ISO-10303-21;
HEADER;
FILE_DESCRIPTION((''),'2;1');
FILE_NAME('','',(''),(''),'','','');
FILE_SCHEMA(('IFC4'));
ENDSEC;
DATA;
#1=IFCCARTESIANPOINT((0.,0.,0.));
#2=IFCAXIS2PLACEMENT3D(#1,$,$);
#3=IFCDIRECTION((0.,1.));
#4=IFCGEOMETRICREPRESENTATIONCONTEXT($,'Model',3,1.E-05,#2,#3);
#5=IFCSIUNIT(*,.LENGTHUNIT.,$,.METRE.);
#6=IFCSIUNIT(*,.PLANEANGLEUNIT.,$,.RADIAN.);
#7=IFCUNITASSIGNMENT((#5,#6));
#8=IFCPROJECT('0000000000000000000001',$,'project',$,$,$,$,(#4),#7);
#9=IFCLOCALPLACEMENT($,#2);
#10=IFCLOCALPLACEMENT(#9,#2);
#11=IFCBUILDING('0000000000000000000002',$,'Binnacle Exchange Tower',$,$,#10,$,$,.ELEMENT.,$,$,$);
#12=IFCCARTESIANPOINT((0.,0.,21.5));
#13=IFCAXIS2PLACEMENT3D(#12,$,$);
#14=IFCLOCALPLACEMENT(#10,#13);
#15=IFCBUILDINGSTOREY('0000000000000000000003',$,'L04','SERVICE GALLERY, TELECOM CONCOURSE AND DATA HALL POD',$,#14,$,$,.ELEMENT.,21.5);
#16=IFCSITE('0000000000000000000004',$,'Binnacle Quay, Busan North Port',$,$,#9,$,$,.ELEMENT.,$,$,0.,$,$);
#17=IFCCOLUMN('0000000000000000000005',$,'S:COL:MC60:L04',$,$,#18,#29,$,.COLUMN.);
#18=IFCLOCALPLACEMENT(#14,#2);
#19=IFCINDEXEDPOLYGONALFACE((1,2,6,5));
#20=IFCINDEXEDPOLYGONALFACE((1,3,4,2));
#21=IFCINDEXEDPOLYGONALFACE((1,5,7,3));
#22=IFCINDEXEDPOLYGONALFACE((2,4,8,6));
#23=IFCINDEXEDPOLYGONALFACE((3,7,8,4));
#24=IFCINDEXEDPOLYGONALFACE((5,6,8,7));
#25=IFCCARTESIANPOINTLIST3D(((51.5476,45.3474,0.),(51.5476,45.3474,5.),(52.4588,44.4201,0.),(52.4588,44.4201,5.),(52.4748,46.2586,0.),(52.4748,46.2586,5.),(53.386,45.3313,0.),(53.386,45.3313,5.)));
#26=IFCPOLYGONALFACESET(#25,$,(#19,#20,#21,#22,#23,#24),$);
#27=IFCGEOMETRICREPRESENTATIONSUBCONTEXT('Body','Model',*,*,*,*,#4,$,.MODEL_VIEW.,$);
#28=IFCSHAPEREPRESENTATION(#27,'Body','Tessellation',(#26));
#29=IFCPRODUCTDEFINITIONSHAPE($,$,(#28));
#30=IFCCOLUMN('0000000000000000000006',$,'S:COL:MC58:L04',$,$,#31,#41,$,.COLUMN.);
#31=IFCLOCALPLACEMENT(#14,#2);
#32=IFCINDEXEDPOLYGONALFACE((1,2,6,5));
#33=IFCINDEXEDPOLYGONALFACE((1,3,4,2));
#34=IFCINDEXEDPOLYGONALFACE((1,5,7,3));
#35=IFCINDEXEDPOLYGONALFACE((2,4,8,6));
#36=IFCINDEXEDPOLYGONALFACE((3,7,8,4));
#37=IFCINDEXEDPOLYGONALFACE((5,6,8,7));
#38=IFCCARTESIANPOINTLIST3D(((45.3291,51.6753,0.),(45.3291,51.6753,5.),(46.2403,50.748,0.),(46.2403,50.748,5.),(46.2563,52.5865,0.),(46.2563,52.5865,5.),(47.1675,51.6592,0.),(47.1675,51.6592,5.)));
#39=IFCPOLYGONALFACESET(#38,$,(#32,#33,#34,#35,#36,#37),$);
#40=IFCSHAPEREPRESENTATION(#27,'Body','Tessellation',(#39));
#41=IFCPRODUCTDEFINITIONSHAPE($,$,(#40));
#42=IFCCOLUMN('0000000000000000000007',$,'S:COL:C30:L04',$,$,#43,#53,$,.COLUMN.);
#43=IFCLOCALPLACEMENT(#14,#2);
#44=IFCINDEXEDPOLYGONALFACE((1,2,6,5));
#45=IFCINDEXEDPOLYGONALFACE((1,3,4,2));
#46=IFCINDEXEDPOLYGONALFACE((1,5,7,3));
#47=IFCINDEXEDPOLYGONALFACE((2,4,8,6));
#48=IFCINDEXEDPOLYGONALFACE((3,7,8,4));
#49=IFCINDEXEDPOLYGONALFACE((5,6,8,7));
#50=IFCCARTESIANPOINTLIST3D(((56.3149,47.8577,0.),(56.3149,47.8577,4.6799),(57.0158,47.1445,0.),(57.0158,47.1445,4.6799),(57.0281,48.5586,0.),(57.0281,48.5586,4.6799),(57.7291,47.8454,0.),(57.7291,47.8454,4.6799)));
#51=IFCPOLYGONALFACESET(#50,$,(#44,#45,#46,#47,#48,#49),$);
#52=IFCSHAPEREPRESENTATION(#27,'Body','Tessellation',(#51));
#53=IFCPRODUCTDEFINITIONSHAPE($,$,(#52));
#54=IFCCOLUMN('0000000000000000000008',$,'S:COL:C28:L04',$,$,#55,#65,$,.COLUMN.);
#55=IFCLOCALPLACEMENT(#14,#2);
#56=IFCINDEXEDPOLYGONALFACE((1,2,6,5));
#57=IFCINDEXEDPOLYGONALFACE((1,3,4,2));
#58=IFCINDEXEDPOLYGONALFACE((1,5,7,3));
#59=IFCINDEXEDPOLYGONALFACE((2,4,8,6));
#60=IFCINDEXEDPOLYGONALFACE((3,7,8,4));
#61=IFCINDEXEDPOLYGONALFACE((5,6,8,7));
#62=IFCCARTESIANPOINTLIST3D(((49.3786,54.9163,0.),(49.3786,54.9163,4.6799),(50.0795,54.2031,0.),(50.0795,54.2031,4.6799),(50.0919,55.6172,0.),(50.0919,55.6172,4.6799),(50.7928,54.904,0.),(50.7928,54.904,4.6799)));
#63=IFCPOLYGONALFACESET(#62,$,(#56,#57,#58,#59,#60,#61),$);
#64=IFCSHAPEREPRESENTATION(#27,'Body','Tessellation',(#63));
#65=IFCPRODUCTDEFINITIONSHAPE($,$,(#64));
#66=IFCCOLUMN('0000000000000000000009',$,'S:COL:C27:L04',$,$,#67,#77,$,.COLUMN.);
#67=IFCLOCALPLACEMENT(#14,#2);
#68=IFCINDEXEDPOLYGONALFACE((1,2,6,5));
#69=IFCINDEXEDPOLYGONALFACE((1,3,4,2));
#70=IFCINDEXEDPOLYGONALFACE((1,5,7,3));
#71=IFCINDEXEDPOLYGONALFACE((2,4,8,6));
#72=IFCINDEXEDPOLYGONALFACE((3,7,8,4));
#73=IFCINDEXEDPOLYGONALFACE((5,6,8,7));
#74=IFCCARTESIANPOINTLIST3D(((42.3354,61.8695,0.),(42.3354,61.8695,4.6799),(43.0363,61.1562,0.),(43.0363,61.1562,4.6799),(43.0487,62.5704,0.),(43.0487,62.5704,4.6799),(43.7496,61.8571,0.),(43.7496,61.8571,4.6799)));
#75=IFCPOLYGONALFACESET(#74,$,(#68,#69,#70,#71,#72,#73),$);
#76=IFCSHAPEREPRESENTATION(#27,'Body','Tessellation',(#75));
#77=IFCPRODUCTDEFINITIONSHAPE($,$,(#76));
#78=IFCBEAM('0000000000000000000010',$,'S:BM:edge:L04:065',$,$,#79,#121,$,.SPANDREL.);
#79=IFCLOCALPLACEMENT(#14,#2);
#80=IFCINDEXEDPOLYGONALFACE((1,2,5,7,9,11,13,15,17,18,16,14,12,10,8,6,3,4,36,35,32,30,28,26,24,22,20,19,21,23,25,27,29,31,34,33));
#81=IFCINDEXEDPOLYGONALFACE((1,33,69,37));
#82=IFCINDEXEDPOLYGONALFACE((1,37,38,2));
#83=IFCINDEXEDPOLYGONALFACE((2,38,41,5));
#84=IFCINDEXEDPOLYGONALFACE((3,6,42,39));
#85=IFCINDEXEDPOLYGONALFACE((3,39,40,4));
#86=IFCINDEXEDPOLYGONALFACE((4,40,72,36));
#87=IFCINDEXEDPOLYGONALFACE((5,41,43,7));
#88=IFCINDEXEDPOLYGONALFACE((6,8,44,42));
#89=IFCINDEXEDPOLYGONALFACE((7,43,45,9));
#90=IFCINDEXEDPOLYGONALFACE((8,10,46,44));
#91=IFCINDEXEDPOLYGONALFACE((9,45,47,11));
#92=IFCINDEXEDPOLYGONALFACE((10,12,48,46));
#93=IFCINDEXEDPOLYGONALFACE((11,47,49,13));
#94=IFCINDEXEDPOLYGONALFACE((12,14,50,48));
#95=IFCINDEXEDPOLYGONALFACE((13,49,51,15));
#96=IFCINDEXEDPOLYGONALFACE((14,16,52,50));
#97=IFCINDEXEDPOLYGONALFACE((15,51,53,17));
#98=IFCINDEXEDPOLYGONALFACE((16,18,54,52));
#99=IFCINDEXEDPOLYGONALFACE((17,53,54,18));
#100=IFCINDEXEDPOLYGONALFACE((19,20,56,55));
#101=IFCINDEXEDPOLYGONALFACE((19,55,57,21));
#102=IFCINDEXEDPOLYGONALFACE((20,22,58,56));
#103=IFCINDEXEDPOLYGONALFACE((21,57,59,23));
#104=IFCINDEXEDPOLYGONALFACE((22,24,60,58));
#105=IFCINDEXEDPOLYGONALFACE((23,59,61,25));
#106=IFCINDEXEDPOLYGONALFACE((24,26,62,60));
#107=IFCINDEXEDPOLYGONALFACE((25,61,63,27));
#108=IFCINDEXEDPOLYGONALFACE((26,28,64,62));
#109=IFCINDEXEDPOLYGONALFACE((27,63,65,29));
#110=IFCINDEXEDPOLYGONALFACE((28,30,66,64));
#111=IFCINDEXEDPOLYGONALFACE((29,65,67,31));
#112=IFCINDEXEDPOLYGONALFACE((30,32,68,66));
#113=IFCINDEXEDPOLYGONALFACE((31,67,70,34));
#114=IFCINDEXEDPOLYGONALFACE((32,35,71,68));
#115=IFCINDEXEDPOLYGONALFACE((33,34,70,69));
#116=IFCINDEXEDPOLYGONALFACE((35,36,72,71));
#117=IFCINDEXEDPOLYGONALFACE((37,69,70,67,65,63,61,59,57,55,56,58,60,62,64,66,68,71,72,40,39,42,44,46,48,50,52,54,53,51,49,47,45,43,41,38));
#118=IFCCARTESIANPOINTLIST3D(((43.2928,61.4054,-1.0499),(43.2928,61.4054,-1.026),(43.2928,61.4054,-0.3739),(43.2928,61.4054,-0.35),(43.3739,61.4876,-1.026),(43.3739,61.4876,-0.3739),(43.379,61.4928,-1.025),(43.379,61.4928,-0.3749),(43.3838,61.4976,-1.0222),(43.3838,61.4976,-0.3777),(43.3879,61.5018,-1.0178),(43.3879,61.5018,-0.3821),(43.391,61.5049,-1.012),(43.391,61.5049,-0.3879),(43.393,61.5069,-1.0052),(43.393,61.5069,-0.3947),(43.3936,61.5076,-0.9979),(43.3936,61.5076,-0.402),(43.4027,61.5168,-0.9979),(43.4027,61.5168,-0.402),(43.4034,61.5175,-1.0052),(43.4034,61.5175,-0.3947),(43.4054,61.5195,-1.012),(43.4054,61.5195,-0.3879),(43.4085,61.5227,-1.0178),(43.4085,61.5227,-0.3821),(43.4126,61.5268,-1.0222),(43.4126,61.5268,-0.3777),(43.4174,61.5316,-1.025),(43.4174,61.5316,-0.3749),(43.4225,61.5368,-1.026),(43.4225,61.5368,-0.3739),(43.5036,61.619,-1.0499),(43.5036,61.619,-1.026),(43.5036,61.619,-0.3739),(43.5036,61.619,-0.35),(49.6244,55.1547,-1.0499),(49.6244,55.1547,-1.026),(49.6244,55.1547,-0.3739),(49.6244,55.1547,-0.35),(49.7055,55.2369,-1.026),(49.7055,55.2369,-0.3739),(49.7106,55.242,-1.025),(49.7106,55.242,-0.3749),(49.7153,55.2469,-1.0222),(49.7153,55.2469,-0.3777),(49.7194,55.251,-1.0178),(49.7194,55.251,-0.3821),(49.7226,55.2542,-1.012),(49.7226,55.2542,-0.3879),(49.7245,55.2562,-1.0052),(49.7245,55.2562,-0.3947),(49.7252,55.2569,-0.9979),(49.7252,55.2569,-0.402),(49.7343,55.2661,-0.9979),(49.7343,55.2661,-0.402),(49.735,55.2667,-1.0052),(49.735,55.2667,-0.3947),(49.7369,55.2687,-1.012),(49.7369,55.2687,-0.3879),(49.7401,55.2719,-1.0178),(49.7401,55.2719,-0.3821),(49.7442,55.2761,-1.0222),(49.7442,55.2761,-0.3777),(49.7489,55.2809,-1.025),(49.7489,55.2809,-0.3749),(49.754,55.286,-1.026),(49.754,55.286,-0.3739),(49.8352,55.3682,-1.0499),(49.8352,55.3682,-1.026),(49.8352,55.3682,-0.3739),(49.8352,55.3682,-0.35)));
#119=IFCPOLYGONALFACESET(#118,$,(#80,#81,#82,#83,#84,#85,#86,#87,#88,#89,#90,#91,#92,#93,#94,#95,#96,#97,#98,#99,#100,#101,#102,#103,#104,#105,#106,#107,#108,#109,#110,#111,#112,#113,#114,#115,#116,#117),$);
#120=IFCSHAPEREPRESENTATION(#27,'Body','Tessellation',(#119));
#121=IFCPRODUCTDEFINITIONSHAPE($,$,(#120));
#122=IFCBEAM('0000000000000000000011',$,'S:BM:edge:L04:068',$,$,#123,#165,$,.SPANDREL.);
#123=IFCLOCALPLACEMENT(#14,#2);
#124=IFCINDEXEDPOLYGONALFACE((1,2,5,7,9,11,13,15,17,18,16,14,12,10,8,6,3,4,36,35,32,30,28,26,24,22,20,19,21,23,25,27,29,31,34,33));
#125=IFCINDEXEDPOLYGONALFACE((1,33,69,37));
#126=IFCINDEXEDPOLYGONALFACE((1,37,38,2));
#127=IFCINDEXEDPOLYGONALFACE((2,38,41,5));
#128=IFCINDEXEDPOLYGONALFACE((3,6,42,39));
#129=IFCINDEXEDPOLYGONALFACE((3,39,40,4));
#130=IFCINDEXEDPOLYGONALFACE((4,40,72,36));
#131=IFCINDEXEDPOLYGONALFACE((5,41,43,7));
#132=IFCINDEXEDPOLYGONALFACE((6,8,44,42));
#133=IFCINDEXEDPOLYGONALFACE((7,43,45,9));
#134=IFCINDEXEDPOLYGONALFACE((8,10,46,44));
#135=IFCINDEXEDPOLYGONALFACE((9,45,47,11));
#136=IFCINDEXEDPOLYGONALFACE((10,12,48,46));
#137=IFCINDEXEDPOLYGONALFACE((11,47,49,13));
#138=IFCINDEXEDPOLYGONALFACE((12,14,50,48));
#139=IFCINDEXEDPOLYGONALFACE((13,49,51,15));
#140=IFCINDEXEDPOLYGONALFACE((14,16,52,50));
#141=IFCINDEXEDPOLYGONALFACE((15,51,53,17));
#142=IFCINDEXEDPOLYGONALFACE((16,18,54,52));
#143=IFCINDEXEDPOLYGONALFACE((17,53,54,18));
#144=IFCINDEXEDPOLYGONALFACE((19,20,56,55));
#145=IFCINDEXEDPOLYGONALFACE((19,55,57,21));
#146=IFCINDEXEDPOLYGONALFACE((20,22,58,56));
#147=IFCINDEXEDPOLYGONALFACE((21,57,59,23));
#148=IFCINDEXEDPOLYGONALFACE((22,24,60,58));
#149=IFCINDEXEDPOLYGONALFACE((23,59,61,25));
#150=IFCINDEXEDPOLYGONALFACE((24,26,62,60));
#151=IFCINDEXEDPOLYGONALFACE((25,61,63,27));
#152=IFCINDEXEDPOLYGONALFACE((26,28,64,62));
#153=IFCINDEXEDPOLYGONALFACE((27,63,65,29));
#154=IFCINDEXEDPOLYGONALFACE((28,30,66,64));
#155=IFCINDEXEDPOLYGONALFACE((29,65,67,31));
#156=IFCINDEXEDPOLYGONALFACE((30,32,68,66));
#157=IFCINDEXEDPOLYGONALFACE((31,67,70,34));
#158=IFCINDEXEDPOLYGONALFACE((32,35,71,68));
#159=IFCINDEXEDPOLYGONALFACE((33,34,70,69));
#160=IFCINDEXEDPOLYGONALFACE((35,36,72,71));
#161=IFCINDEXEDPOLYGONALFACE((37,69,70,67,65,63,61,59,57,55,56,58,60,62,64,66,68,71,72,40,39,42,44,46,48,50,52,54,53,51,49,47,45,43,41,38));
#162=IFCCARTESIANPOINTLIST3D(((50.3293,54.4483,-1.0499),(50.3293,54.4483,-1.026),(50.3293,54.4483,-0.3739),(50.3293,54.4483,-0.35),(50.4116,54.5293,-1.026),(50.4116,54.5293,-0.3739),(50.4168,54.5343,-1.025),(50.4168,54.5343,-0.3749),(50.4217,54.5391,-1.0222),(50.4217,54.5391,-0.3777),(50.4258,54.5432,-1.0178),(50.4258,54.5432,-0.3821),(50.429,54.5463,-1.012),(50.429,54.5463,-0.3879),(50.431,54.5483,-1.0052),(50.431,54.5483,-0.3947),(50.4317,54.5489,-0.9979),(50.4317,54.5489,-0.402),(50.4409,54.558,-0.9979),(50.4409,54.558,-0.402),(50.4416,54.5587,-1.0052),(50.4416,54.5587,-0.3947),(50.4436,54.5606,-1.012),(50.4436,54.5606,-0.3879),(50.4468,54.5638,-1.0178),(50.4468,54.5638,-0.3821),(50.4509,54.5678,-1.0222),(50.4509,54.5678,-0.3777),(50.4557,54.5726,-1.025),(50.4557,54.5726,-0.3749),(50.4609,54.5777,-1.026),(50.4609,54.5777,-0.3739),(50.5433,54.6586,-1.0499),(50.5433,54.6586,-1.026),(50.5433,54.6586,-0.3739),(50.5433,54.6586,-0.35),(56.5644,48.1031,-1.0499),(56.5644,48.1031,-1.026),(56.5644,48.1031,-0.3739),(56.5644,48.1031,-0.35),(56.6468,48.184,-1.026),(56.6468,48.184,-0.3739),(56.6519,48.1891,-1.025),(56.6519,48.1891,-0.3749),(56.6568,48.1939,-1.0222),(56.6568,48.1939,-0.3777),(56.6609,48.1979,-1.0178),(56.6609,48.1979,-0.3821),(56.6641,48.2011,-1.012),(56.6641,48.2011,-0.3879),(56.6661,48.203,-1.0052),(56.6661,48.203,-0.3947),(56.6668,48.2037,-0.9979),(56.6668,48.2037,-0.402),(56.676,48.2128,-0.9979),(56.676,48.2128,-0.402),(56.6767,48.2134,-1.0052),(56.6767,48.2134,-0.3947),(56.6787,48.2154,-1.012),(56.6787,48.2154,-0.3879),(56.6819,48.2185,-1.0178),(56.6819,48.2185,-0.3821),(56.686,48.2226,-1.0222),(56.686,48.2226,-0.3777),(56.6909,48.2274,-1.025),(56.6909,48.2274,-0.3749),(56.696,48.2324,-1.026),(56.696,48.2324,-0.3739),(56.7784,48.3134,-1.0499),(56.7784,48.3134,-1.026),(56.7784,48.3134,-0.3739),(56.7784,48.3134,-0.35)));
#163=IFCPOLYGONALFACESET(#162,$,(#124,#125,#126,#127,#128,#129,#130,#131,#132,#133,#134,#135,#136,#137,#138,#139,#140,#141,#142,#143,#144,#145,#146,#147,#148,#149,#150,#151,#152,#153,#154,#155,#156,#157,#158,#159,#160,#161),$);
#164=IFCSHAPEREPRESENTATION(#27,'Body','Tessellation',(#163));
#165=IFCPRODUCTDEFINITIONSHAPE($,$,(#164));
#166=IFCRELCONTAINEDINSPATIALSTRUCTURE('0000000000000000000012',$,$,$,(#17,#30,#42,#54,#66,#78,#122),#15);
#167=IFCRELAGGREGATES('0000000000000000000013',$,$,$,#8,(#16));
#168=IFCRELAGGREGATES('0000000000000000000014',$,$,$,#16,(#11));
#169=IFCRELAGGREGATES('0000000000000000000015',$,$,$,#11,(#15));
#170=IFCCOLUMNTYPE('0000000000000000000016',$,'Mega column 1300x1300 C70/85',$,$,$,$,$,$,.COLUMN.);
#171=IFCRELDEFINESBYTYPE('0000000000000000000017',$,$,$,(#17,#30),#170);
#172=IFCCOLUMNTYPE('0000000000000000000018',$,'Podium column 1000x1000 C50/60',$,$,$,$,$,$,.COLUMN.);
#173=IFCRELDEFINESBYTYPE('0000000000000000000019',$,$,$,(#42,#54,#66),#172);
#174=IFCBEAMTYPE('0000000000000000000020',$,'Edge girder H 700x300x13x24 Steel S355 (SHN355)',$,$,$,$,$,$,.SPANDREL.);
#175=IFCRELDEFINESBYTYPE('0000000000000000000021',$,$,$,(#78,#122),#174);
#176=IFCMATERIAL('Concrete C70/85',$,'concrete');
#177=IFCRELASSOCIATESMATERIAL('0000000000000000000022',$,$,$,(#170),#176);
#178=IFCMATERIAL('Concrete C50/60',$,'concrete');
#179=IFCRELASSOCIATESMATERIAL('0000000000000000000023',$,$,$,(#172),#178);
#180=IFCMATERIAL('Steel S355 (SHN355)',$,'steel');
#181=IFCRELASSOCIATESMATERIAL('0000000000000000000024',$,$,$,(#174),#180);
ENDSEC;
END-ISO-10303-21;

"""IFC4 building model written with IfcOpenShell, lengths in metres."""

from ifc_helpers import new_model, si_unit, direction, frame, origin, origin_2d, place, context, subcontext, project, spatial, rectangle, i_section, extrude, material, material_profile, profile_set, type_object, element, save


model = new_model("IFC4")

# Units and contexts
model_context = context("Model", 3, precision=1e-05, world=origin(), true_north=direction((0.0, 1.0)))
body_context = subcontext(model_context, "Body", "Model", "MODEL_VIEW")
ifc_project = project(units=[si_unit("LENGTHUNIT", "METRE"), si_unit("PLANEANGLEUNIT", "RADIAN")], contexts=[model_context])

# Site, building, storey
site_placement = place(None, origin())
site = spatial("IfcSite", under=ifc_project, at=site_placement, Name="Binnacle Quay, Busan North Port", CompositionType="ELEMENT", RefElevation=0.0)
building_placement = place(site_placement, origin())
building = spatial("IfcBuilding", under=site, at=building_placement, Name="Binnacle Exchange Tower", CompositionType="ELEMENT")
storey_placement = place(building_placement, frame((0.0, 0.0, 21.5)))
storey = spatial("IfcBuildingStorey", under=building, at=storey_placement, Name="L04", Description="SERVICE GALLERY, TELECOM CONCOURSE AND DATA HALL POD", CompositionType="ELEMENT", Elevation=21.5)

# Columns
ifc_material_1 = material(Name="Concrete C70/85", Category="concrete")
ifc_material_profile_1 = material_profile(ifc_material_1, rectangle(XDim=1.3, YDim=1.3, at=origin_2d()), Name="Mega column 1300x1300 C70/85")
ifc_profile_set_1 = profile_set([ifc_material_profile_1], Name="Concrete C70/85")
column_type_1 = type_object("IfcColumnType", Name="Mega column 1300x1300 C70/85", PredefinedType="COLUMN", material=ifc_profile_set_1)
for number, where, z_axis, x_axis, name in (
    (1, (52.4668, 45.3394, 0.0), (0.0, 0.0, 1.0), (-0.700909, 0.71325, 0.0), "S:COL:MC60:L04"),
    (2, (46.2483, 51.6672, 0.0), (0.0, 0.0, 1.0), (-0.700909, 0.71325, 0.0), "S:COL:MC58:L04"),
):
    element("IfcColumn", number, at=place(storey_placement, frame(where, z_axis=z_axis, x_axis=x_axis)), inside=storey, type_object=column_type_1, Name=name, PredefinedType="COLUMN", context=body_context, shape_type="SweptSolid", body=[
        extrude(rectangle(XDim=1.3, YDim=1.3, at=origin_2d()), origin(), (0.0, 0.0, 1.0), 5.0),
    ])
ifc_material_2 = material(Name="Concrete C50/60", Category="concrete")
ifc_material_profile_2 = material_profile(ifc_material_2, rectangle(XDim=1.0, YDim=1.0, at=origin_2d()), Name="Podium column 1000x1000 C50/60")
ifc_profile_set_2 = profile_set([ifc_material_profile_2], Name="Concrete C50/60")
column_type_2 = type_object("IfcColumnType", Name="Podium column 1000x1000 C50/60", PredefinedType="COLUMN", material=ifc_profile_set_2)
for number, where, z_axis, x_axis, name in (
    (3, (57.022, 47.8516, 0.0), (0.0, 0.0, 1.0), (-0.700909, 0.71325, 0.0), "S:COL:C30:L04"),
    (4, (50.0857, 54.9102, 0.0), (0.0, 0.0, 1.0), (-0.700909, 0.71325, 0.0), "S:COL:C28:L04"),
    (5, (43.0425, 61.8633, 0.0), (0.0, 0.0, 1.0), (-0.700909, 0.71325, 0.0), "S:COL:C27:L04"),
):
    element("IfcColumn", number, at=place(storey_placement, frame(where, z_axis=z_axis, x_axis=x_axis)), inside=storey, type_object=column_type_2, Name=name, PredefinedType="COLUMN", context=body_context, shape_type="SweptSolid", body=[
        extrude(rectangle(XDim=1.0, YDim=1.0, at=origin_2d()), origin(), (0.0, 0.0, 1.0), 4.6799),
    ])

# Beams
ifc_material_3 = material(Name="Steel S355 (SHN355)", Category="steel")
ifc_material_profile_3 = material_profile(ifc_material_3, i_section(OverallWidth=0.3, OverallDepth=0.7, WebThickness=0.0129, FlangeThickness=0.0239, FilletRadius=0.0281, at=origin_2d()), Name="H 700x300x13x24")
ifc_profile_set_3 = profile_set([ifc_material_profile_3], Name="Steel S355 (SHN355)")
beam_type_1 = type_object("IfcBeamType", Name="Edge girder H 700x300x13x24 Steel S355 (SHN355)", PredefinedType="SPANDREL", material=ifc_profile_set_3)
beam_1_placement = place(storey_placement, frame((43.3982, 61.5122, -0.7), z_axis=(0.711634, -0.702551, 0.0), x_axis=(0.702551, 0.711634, 0.0)))
element("IfcBeam", 6, at=beam_1_placement, inside=storey, type_object=beam_type_1, Name="S:BM:edge:L04:065", PredefinedType="SPANDREL", context=body_context, shape_type="SweptSolid", body=[
    extrude(i_section(OverallWidth=0.3, OverallDepth=0.7, WebThickness=0.0129, FlangeThickness=0.0239, FilletRadius=0.0281, at=origin_2d()), origin(), (0.0, 0.0, 1.0), 8.8972),
])
beam_2_placement = place(storey_placement, frame((50.4363, 54.5535, -0.7), z_axis=(0.700891, -0.713268, 0.0), x_axis=(0.713268, 0.700891, 0.0)))
element("IfcBeam", 7, at=beam_2_placement, inside=storey, type_object=beam_type_1, Name="S:BM:edge:L04:068", PredefinedType="SPANDREL", context=body_context, shape_type="SweptSolid", body=[
    extrude(i_section(OverallWidth=0.3, OverallDepth=0.7, WebThickness=0.0129, FlangeThickness=0.0239, FilletRadius=0.0281, at=origin_2d()), origin(), (0.0, 0.0, 1.0), 8.896),
])

save(model, "model.ifc")
